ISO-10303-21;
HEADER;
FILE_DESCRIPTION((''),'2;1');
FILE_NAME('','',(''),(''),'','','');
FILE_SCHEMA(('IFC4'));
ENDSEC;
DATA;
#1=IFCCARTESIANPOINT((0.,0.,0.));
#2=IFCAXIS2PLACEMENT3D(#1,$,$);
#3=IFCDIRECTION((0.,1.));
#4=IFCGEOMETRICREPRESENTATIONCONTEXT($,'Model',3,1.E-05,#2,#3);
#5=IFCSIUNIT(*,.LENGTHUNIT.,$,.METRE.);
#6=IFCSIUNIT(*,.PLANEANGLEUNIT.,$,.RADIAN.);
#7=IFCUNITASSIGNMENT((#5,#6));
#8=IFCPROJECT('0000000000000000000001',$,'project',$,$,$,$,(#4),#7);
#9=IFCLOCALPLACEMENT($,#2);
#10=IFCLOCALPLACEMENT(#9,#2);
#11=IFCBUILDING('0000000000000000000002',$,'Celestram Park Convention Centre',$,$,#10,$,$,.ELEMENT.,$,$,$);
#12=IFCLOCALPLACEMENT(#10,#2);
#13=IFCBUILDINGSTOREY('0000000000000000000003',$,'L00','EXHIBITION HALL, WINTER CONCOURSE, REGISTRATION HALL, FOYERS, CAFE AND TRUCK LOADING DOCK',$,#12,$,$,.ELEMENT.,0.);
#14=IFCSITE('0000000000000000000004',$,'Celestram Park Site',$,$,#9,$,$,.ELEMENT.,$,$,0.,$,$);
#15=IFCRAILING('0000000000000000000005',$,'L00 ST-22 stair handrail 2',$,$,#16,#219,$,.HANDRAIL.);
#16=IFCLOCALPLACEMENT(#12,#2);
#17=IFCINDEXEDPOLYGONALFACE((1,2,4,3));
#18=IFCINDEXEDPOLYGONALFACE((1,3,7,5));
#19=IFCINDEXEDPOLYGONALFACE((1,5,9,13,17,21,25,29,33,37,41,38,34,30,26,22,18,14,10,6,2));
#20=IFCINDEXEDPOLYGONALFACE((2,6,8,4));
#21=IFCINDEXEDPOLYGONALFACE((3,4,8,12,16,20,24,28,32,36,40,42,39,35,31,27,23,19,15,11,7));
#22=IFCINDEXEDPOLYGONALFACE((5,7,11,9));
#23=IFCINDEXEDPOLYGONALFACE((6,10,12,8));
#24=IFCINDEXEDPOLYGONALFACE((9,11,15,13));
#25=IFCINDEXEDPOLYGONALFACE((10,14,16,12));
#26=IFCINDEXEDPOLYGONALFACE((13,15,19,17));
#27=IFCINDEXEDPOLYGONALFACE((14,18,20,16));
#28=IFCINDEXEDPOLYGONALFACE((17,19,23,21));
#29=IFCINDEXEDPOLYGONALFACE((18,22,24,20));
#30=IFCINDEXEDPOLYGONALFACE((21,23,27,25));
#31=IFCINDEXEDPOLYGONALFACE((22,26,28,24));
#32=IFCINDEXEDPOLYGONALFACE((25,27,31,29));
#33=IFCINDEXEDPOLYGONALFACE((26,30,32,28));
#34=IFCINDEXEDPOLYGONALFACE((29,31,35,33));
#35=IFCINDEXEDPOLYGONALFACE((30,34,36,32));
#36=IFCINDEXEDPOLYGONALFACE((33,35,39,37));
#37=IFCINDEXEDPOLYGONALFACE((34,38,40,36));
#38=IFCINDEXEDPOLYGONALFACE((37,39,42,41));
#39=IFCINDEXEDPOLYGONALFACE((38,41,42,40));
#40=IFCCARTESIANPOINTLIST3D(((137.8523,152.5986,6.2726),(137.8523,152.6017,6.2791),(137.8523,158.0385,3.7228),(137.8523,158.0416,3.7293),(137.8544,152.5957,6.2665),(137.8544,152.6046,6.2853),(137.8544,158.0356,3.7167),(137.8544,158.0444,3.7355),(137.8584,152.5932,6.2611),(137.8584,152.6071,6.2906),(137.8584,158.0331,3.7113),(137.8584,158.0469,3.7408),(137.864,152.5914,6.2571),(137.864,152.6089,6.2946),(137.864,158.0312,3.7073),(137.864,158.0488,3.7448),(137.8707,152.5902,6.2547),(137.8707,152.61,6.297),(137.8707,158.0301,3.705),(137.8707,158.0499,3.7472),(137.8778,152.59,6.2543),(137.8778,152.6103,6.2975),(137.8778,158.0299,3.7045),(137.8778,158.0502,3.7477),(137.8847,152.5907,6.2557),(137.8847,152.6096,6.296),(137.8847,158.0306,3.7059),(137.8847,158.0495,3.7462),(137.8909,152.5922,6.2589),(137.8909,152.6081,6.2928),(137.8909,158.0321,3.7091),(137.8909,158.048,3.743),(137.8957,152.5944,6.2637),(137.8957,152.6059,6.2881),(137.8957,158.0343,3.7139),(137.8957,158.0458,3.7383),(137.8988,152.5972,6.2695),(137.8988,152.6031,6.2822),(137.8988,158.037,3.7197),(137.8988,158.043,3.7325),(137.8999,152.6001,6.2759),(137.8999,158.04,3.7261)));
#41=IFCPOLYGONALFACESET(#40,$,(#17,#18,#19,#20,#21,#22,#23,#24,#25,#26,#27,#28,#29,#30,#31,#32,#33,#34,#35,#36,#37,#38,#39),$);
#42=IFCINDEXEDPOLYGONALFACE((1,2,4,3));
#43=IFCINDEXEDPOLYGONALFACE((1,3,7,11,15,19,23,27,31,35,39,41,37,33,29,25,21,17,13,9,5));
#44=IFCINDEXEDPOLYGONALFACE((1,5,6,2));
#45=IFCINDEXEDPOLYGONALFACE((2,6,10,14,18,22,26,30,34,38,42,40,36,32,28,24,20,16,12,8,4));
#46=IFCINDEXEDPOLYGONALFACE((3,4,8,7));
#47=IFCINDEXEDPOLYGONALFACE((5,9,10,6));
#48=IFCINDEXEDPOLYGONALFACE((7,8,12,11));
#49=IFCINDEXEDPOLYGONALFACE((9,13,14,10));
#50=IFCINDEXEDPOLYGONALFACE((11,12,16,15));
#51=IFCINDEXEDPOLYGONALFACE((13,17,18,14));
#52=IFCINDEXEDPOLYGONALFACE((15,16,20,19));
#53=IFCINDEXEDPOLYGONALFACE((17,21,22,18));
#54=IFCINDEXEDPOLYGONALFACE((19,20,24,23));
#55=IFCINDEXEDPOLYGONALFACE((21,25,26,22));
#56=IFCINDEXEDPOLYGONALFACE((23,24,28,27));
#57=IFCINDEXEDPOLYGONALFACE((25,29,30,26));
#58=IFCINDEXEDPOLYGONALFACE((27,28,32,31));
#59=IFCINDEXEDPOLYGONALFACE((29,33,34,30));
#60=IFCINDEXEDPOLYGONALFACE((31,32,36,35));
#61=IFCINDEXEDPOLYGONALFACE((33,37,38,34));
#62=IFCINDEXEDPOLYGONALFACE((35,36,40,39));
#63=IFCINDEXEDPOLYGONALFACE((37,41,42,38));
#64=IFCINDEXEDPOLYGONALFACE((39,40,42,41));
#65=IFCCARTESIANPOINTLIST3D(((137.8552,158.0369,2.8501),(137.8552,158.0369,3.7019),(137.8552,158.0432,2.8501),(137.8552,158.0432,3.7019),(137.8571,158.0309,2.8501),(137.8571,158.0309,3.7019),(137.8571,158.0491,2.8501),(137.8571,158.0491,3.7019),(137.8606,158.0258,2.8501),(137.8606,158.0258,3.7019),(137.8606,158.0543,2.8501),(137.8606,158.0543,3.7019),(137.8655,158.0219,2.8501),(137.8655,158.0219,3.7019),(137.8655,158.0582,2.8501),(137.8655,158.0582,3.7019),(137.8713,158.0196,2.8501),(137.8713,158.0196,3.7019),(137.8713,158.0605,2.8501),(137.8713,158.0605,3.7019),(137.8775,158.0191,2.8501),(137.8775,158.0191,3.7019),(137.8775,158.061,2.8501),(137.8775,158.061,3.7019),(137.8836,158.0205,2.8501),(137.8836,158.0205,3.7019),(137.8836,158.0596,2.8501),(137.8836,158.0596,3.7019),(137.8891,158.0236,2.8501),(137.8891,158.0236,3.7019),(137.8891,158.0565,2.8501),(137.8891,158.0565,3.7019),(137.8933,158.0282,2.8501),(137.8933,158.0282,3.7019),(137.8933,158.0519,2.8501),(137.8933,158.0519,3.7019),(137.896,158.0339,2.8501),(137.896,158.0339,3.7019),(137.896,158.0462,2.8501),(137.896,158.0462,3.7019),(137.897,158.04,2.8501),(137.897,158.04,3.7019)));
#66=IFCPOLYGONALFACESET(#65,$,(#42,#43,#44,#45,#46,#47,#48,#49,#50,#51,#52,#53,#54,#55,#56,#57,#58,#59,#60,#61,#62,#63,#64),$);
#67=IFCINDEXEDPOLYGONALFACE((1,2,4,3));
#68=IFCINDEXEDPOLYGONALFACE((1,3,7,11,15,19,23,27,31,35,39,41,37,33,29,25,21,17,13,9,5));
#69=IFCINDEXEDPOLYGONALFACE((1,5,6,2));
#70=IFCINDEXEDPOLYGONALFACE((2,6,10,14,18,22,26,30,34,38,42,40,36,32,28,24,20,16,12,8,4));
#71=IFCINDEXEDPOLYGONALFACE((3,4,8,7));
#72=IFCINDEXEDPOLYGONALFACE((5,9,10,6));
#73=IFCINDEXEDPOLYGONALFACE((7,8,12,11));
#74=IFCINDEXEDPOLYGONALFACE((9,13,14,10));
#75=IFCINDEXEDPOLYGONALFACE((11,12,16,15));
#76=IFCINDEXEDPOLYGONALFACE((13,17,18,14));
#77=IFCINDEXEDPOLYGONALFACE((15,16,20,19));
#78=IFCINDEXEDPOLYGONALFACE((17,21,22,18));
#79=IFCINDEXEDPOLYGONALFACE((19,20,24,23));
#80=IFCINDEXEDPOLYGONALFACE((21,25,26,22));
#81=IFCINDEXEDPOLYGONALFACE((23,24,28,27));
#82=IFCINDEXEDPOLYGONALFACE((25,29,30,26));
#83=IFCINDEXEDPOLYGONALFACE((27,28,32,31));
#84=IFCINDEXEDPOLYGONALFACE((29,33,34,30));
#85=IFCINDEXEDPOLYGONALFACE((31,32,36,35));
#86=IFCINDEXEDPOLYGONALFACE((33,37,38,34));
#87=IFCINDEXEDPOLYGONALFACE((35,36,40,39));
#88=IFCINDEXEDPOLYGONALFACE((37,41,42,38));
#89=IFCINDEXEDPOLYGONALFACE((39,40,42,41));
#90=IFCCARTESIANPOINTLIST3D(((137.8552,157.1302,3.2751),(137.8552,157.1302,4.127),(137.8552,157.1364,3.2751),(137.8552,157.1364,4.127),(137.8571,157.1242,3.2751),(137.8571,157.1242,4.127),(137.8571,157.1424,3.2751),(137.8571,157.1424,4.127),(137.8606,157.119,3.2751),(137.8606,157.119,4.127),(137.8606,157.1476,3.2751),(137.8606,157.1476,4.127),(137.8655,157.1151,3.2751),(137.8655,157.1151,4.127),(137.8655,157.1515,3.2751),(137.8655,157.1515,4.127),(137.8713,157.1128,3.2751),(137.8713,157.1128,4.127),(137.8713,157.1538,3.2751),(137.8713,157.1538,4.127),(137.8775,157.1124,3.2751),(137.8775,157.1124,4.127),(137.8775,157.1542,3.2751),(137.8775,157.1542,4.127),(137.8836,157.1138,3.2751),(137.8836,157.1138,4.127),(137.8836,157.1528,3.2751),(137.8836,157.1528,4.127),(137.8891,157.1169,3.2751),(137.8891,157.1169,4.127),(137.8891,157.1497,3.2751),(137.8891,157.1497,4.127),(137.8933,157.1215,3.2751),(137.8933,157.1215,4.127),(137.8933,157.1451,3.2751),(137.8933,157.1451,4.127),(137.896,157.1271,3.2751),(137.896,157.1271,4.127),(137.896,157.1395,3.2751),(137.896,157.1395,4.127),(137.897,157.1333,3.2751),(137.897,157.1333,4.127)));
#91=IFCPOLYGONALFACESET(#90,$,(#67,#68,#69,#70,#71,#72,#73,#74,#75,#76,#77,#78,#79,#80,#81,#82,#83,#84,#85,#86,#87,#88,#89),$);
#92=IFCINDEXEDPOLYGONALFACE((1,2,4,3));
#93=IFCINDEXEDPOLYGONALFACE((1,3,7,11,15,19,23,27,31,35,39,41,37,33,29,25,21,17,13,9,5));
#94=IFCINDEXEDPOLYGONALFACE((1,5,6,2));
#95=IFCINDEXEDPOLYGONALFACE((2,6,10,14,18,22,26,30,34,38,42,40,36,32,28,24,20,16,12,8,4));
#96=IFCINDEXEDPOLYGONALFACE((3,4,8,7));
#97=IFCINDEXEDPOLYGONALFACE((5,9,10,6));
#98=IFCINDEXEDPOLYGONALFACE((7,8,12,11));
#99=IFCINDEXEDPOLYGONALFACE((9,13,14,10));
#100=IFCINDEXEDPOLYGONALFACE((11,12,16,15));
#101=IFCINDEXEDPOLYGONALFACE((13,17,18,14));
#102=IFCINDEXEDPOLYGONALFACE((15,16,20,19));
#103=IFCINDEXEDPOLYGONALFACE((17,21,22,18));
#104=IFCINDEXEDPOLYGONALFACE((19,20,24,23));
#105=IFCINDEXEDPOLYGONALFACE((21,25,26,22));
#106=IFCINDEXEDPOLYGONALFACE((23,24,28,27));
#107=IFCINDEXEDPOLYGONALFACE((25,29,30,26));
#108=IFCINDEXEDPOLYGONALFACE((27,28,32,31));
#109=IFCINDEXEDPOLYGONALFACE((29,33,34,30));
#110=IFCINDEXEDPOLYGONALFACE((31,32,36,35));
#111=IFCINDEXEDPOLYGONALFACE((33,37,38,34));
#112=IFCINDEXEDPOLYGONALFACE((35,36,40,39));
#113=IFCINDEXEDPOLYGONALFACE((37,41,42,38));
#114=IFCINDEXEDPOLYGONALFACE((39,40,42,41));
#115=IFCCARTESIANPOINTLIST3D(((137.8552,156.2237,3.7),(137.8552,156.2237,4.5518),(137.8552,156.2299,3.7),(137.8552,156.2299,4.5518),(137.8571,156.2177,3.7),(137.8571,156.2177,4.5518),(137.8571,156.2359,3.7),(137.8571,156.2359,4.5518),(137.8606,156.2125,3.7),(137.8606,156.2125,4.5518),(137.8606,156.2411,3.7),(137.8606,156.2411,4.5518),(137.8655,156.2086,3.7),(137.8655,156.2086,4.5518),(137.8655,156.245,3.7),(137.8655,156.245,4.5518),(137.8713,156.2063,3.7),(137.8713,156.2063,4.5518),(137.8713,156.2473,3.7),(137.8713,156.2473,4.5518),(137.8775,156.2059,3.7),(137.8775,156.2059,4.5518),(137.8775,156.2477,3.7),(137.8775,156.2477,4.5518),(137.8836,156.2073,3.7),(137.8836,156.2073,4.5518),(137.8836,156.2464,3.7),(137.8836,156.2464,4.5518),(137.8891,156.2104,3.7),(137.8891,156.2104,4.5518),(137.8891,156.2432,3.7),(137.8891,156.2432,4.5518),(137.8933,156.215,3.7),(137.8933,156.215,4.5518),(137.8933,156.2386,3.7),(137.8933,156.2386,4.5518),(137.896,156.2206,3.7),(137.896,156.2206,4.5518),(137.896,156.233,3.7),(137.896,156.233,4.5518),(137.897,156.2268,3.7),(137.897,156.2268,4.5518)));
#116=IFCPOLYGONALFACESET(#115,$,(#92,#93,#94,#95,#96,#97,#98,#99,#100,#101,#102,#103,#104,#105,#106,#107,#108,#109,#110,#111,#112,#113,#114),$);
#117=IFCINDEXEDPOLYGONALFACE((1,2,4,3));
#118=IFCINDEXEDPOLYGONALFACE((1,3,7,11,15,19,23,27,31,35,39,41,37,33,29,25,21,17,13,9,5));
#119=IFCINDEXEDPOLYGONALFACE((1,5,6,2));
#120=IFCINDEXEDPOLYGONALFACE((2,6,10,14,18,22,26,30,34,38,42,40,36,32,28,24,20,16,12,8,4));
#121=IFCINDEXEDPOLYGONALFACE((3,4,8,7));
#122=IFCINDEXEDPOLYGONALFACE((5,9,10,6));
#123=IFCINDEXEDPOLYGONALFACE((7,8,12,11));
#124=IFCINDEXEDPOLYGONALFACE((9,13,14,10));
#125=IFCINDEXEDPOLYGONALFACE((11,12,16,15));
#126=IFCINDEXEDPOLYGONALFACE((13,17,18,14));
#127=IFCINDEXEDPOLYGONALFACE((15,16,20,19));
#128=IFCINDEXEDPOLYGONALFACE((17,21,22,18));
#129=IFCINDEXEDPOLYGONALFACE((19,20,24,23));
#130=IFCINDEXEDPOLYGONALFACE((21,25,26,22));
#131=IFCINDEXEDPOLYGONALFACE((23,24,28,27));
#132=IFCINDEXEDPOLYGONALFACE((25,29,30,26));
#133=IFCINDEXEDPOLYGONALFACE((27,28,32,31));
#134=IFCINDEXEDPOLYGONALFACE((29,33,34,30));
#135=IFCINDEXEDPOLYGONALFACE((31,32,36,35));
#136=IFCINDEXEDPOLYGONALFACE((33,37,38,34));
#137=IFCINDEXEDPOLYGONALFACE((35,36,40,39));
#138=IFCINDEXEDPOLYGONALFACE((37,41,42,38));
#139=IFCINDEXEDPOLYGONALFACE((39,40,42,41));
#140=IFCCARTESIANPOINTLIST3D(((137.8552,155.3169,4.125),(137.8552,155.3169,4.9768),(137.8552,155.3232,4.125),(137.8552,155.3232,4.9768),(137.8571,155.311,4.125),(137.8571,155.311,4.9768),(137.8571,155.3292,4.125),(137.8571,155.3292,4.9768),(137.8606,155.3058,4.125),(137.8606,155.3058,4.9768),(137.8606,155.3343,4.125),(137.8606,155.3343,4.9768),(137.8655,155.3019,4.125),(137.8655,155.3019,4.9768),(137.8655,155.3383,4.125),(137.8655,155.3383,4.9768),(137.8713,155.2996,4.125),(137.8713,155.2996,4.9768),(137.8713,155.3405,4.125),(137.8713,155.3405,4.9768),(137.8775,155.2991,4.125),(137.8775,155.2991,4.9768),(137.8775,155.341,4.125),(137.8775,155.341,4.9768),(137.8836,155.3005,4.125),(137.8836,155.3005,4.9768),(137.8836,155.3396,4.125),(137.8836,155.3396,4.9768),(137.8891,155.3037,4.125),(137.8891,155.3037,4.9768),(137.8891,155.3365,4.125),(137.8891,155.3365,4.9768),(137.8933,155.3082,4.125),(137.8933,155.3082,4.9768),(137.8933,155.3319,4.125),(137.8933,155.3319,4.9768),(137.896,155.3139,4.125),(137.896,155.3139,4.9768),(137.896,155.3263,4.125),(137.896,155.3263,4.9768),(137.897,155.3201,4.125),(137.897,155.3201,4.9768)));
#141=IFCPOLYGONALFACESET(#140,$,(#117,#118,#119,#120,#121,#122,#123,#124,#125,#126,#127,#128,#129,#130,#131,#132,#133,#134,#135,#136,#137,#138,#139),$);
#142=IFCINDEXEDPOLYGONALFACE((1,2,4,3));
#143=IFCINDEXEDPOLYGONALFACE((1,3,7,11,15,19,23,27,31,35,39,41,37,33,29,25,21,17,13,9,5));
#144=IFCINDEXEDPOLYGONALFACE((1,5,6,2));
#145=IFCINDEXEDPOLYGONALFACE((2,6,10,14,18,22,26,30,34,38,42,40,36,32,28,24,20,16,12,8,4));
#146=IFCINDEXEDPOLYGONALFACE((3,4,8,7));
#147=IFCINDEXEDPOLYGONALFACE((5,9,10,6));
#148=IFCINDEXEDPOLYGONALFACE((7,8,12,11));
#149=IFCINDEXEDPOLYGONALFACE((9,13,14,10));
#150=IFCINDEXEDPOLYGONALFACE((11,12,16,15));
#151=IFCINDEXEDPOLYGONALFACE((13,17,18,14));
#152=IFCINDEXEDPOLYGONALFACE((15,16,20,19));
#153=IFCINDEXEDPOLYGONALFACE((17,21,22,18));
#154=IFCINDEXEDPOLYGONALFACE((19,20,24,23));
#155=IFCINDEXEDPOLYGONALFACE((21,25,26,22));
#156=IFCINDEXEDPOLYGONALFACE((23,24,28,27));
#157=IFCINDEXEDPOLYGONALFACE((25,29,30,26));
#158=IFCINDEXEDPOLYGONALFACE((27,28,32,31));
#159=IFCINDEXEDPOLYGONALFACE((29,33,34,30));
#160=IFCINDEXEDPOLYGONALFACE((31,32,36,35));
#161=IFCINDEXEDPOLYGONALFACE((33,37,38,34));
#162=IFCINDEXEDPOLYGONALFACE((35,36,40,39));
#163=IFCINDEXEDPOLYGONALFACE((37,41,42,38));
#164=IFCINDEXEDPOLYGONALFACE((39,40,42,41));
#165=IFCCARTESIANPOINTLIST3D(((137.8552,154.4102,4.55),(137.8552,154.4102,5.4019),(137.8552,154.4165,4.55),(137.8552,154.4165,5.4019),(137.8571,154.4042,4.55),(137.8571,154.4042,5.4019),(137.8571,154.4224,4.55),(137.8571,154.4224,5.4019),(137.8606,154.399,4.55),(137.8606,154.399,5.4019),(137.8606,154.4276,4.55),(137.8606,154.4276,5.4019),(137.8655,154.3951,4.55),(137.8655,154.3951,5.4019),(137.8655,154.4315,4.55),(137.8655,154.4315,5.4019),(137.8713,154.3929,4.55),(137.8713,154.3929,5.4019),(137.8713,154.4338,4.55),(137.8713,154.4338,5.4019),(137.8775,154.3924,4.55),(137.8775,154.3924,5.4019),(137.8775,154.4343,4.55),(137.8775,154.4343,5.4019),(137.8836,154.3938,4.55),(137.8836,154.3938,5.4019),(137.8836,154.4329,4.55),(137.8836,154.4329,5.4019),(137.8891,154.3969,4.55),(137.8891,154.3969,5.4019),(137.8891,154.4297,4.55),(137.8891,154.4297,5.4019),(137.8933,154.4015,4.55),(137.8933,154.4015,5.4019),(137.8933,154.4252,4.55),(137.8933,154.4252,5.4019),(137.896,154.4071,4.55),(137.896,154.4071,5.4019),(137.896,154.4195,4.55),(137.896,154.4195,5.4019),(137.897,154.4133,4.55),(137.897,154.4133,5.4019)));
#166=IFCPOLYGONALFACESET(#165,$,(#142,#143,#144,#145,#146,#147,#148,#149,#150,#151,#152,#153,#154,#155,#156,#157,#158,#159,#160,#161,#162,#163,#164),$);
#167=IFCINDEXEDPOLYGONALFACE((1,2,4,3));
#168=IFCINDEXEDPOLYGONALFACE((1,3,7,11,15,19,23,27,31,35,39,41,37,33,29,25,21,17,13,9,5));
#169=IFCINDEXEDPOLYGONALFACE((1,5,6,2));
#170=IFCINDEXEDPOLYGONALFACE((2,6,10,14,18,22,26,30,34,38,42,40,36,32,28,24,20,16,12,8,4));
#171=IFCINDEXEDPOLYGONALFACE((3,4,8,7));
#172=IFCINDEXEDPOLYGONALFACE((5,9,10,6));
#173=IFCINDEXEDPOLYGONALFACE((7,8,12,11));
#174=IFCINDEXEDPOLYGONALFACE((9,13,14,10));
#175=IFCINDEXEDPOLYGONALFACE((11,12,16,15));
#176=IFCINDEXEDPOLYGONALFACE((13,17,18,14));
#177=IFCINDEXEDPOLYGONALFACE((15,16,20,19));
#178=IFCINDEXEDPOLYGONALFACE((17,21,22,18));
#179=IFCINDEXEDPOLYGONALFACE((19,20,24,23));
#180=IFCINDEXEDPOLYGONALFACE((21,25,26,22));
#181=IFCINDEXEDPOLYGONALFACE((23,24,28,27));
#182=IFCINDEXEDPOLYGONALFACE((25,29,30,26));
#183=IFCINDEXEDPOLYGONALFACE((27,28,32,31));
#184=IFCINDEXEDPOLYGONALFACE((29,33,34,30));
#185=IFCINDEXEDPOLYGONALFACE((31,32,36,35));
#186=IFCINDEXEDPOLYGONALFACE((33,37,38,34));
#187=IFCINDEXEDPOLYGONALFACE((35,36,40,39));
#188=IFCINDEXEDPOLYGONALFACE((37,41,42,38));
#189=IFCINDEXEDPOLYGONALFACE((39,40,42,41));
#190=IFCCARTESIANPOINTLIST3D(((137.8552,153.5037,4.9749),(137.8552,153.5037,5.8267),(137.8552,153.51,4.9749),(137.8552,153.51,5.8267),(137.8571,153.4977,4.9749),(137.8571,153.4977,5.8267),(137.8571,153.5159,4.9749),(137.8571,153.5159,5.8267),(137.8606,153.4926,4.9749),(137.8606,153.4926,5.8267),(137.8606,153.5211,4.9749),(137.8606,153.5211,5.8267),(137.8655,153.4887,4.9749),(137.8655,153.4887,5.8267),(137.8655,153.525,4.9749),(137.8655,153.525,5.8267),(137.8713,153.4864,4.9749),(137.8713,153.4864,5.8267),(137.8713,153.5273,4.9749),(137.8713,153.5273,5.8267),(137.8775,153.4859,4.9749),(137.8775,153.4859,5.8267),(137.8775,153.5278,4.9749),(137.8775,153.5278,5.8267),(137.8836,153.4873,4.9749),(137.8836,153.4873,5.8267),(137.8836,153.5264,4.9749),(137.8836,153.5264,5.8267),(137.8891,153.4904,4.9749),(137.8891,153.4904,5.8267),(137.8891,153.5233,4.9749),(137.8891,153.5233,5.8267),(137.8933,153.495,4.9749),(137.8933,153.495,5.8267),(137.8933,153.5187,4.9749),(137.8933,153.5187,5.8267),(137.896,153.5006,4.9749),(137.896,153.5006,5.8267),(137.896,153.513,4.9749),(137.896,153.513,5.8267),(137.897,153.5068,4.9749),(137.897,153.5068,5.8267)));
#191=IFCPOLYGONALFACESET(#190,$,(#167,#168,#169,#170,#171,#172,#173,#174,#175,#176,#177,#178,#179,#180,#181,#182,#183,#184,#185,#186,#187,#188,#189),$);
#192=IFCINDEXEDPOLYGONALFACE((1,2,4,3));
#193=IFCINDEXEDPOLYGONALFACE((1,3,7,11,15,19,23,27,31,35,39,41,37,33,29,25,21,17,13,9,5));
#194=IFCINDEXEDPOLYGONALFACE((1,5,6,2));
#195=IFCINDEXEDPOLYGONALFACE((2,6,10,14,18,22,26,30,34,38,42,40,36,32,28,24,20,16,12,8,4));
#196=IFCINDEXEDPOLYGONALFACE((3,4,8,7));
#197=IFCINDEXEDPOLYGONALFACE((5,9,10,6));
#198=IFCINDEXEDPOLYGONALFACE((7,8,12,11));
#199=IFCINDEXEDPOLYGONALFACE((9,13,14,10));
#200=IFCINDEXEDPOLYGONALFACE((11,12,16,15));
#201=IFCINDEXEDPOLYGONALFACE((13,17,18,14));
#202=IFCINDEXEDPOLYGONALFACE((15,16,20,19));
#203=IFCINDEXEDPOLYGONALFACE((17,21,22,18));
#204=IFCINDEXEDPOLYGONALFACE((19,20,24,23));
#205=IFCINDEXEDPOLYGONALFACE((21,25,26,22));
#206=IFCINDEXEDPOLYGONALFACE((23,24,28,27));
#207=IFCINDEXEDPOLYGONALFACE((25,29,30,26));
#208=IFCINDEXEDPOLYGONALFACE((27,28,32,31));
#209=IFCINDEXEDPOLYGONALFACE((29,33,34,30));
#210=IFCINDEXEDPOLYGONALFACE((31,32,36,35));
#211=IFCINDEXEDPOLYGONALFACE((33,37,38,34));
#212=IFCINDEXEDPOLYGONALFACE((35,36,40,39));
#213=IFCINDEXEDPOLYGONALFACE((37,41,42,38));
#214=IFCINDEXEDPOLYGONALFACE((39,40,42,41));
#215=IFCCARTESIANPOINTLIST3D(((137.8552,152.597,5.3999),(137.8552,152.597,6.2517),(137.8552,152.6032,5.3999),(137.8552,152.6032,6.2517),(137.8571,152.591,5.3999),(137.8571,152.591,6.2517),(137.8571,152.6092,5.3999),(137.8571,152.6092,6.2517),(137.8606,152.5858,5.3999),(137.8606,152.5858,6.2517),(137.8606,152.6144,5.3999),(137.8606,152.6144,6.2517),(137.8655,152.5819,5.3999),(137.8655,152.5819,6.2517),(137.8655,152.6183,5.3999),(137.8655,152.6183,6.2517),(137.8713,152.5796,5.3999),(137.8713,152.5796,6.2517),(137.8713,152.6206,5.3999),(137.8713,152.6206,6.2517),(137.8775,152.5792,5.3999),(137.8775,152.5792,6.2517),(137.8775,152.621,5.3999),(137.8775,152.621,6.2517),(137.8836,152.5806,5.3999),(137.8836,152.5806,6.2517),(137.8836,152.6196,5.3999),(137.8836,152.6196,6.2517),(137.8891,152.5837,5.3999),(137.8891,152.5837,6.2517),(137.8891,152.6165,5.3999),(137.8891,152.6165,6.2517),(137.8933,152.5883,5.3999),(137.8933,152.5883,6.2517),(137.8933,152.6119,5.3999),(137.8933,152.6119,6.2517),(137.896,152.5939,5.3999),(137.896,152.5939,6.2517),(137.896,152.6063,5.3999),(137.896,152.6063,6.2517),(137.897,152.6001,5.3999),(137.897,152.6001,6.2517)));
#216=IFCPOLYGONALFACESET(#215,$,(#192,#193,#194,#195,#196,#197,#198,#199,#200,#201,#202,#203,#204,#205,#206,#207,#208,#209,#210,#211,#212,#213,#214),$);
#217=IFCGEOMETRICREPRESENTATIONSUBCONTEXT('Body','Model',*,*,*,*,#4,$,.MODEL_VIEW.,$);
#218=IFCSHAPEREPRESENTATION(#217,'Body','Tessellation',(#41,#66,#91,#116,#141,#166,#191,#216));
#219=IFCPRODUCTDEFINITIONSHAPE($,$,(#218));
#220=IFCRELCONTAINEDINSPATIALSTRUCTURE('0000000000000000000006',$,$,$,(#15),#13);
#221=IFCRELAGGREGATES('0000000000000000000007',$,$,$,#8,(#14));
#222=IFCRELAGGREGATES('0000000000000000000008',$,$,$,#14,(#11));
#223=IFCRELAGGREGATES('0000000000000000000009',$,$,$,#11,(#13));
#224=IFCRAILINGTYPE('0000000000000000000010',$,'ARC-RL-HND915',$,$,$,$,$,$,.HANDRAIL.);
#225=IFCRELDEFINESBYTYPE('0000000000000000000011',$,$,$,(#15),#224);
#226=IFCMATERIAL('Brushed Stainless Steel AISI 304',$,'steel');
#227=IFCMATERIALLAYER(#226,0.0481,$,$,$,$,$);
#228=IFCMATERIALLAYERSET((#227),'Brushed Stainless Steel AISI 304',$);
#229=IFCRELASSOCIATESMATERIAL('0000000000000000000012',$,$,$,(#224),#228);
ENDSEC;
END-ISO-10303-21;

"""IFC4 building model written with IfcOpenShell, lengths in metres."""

from ifc_helpers import new_model, si_unit, direction, frame, origin, origin_2d, place, context, subcontext, project, spatial, circle, extrude, material, layer, layer_set, type_object, element, save


model = new_model("IFC4")

# Units and contexts
model_context = context("Model", 3, precision=1e-05, world=origin(), true_north=direction((0.0, 1.0)))
body_context = subcontext(model_context, "Body", "Model", "MODEL_VIEW")
ifc_project = project(units=[si_unit("LENGTHUNIT", "METRE"), si_unit("PLANEANGLEUNIT", "RADIAN")], contexts=[model_context])

# Site, building, storey
site_placement = place(None, origin())
site = spatial("IfcSite", under=ifc_project, at=site_placement, Name="Celestram Park Site", CompositionType="ELEMENT", RefElevation=0.0)
building_placement = place(site_placement, origin())
building = spatial("IfcBuilding", under=site, at=building_placement, Name="Celestram Park Convention Centre", CompositionType="ELEMENT")
storey_placement = place(building_placement, origin())
storey = spatial("IfcBuildingStorey", under=building, at=storey_placement, Name="L00", Description="EXHIBITION HALL, WINTER CONCOURSE, REGISTRATION HALL, FOYERS, CAFE AND TRUCK LOADING DOCK", CompositionType="ELEMENT", Elevation=0.0)

# Railing
ifc_material_1 = material(Name="Brushed Stainless Steel AISI 304", Category="steel")
ifc_layer_1 = layer(ifc_material_1, 0.0481)
ifc_layer_set_1 = layer_set([ifc_layer_1], Name="Brushed Stainless Steel AISI 304")
railing_type_1 = type_object("IfcRailingType", Name="ARC-RL-HND915", PredefinedType="HANDRAIL", material=ifc_layer_set_1)
railing_1_placement = place(storey_placement, frame((137.876, 158.04, 2.8501)))
element("IfcRailing", 1, at=railing_1_placement, inside=storey, type_object=railing_type_1, Name="L00 ST-22 stair handrail 2", PredefinedType="HANDRAIL", context=body_context, shape_type="SweptSolid", body=[
    extrude(circle(Radius=0.0239, at=origin_2d()), frame((0.0, 0.0, 0.876), z_axis=(0.0, -0.90547, 0.424411), x_axis=(1.0, 0.0, 0.0)), (0.0, 0.0, 1.0), 6.0078),
    extrude(circle(Radius=0.021, at=origin_2d()), origin(), (0.0, 0.0, 1.0), 0.8518),
    extrude(circle(Radius=0.021, at=origin_2d()), frame((0.0, -0.9067, 0.425)), (0.0, 0.0, 1.0), 0.8518),
    extrude(circle(Radius=0.021, at=origin_2d()), frame((0.0, -1.8132, 0.8499)), (0.0, 0.0, 1.0), 0.8518),
    extrude(circle(Radius=0.021, at=origin_2d()), frame((0.0, -2.72, 1.2749)), (0.0, 0.0, 1.0), 0.8518),
    extrude(circle(Radius=0.021, at=origin_2d()), frame((0.0, -3.6267, 1.7)), (0.0, 0.0, 1.0), 0.8518),
    extrude(circle(Radius=0.021, at=origin_2d()), frame((0.0, -4.5332, 2.1248)), (0.0, 0.0, 1.0), 0.8518),
    extrude(circle(Radius=0.021, at=origin_2d()), frame((0.0, -5.4399, 2.5498)), (0.0, 0.0, 1.0), 0.8518),
])

save(model, "model.ifc")
